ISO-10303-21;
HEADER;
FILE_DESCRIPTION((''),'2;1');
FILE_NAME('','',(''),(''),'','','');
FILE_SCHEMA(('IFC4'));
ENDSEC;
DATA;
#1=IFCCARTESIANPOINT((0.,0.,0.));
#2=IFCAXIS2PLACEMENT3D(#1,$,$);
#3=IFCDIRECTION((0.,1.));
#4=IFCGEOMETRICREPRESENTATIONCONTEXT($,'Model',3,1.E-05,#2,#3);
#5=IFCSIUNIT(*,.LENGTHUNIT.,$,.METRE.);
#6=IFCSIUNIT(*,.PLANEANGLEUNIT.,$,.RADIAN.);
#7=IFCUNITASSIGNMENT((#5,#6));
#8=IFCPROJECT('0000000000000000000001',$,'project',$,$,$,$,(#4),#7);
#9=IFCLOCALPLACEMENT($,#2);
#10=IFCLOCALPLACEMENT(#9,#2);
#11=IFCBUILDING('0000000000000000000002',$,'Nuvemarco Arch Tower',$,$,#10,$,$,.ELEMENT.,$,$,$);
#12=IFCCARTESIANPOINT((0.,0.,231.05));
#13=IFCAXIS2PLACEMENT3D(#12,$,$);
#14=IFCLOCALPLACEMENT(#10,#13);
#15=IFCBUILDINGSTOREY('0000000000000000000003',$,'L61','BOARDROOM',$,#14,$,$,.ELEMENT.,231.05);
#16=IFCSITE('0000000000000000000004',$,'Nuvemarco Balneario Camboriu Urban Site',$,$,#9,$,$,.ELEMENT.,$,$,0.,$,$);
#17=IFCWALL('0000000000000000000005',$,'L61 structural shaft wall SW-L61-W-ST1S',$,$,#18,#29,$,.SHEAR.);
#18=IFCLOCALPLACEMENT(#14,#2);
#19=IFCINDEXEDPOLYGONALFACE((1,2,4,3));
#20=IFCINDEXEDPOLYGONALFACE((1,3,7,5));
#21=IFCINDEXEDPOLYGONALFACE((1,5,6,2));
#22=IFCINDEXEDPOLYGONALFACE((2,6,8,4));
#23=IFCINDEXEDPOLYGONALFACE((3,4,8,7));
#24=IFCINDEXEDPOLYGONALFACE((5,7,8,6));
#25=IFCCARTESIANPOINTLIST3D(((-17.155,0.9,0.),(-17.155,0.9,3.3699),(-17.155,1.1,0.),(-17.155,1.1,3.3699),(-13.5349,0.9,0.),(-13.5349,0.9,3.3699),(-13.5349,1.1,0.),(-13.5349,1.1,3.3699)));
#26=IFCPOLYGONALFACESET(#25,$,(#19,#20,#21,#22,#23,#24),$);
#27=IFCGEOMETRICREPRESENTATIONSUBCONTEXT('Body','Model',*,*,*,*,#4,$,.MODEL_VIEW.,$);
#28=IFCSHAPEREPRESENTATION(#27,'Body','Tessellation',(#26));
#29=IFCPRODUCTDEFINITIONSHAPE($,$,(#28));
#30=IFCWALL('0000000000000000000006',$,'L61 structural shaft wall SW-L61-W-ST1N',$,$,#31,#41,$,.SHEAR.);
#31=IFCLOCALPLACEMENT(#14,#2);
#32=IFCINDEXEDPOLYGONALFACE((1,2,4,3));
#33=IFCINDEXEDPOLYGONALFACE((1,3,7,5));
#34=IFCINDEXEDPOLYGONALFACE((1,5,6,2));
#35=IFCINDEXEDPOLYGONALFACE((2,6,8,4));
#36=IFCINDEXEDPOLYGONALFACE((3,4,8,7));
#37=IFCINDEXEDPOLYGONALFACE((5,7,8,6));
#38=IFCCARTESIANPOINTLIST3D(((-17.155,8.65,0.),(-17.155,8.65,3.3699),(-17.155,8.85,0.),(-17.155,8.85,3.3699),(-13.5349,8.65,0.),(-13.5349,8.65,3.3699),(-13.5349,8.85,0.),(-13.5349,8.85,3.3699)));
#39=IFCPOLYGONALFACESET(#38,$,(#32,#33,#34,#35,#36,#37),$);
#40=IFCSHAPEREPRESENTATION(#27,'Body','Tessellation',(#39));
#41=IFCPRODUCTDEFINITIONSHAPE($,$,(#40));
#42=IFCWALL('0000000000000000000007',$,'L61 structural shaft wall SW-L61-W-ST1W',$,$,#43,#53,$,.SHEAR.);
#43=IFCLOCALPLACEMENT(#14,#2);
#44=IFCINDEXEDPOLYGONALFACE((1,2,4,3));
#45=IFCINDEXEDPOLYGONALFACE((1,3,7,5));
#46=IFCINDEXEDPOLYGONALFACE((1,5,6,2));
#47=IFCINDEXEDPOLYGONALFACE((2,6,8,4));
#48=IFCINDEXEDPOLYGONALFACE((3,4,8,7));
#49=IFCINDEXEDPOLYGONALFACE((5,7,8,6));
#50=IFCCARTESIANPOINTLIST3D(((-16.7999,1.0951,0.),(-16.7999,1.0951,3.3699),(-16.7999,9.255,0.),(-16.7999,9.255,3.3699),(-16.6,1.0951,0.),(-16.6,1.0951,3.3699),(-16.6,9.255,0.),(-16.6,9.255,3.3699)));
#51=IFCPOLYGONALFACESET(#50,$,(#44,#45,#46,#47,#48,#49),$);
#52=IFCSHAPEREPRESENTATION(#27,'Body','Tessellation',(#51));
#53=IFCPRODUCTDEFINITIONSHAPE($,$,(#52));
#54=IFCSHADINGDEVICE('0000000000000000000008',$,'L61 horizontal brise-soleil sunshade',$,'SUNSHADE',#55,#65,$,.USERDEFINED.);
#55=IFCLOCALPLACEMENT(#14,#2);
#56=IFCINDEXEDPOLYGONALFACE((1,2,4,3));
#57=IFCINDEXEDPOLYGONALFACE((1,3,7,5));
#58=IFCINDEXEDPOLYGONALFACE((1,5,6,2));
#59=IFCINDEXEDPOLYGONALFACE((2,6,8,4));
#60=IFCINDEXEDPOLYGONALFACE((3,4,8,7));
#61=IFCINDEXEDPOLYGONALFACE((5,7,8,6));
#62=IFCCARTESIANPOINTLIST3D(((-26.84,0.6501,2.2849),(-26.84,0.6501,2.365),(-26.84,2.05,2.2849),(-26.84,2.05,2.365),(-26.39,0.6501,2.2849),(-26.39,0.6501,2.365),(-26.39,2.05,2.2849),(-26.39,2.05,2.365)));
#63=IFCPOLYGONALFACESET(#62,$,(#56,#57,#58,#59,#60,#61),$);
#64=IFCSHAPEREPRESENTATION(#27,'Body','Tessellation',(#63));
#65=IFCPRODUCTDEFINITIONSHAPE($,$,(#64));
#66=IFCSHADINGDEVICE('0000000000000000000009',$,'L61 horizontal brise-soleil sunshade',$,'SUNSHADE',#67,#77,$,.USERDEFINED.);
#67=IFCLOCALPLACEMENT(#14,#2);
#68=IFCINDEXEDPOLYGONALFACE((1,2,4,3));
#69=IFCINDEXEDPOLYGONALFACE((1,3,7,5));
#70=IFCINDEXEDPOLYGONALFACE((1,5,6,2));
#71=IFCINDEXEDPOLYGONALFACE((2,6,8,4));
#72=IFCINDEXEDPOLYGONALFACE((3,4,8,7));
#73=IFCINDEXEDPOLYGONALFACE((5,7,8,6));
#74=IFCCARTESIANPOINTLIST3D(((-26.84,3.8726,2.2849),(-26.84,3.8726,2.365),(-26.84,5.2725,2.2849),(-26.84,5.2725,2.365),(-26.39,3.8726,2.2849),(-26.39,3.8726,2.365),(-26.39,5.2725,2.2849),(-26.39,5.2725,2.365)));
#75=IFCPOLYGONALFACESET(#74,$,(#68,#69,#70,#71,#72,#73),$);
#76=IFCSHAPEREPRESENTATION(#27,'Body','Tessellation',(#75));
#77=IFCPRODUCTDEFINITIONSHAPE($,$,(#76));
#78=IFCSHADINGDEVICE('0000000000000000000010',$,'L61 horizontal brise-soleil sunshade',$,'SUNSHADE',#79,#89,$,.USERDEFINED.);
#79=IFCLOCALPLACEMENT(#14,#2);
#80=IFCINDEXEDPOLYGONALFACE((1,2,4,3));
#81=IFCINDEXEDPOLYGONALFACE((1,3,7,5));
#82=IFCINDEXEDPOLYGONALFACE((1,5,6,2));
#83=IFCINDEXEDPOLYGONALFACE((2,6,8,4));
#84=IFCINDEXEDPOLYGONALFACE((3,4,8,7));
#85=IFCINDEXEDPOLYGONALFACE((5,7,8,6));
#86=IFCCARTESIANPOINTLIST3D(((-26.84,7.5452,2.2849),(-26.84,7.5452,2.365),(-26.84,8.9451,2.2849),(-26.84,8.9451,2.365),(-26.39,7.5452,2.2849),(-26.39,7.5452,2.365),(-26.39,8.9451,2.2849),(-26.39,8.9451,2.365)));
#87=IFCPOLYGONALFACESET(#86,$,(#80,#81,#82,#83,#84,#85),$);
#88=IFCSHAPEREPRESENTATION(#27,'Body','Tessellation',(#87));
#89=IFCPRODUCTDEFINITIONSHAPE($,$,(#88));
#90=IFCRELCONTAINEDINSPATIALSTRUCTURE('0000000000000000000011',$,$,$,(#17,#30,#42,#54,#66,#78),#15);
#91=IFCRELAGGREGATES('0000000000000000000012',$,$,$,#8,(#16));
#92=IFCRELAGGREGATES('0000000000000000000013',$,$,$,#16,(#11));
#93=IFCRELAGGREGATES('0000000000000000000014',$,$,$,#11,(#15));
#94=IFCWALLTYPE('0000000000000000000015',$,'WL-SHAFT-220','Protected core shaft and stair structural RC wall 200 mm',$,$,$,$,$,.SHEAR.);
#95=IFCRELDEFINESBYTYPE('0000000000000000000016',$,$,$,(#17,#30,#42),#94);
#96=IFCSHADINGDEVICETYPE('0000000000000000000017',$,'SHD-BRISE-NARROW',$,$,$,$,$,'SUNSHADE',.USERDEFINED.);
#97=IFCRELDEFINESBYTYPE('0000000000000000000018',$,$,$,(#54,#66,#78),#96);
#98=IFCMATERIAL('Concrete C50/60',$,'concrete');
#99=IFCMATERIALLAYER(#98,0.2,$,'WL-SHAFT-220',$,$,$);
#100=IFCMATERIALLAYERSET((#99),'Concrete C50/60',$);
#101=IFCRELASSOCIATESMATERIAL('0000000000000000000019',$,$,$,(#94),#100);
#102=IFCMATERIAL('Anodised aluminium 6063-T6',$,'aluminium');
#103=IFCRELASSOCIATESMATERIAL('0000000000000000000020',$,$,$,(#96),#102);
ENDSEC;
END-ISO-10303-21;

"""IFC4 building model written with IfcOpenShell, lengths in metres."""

from ifc_helpers import new_model, si_unit, direction, frame, frame_2d, origin, origin_2d, place, context, subcontext, project, spatial, rectangle, extrude, source, transform, mapped, material, layer, layer_set, type_object, type_shapes, element, save


model = new_model("IFC4")

# Units and contexts
model_context = context("Model", 3, precision=1e-05, world=origin(), true_north=direction((0.0, 1.0)))
body_context = subcontext(model_context, "Body", "Model", "MODEL_VIEW")
ifc_project = project(units=[si_unit("LENGTHUNIT", "METRE"), si_unit("PLANEANGLEUNIT", "RADIAN")], contexts=[model_context])

# Site, building, storey
site_placement = place(None, origin())
site = spatial("IfcSite", under=ifc_project, at=site_placement, Name="Nuvemarco Balneario Camboriu Urban Site", CompositionType="ELEMENT", RefElevation=0.0)
building_placement = place(site_placement, origin())
building = spatial("IfcBuilding", under=site, at=building_placement, Name="Nuvemarco Arch Tower", CompositionType="ELEMENT")
storey_placement = place(building_placement, frame((0.0, 0.0, 231.05)))
storey = spatial("IfcBuildingStorey", under=building, at=storey_placement, Name="L61", Description="BOARDROOM", CompositionType="ELEMENT", Elevation=231.05)

# Shared definitions
ifc_material_1 = material(Name="Concrete C50/60", Category="concrete")

# Walls
ifc_layer_1 = layer(ifc_material_1, 0.2, Name="WL-SHAFT-220")
ifc_layer_set_1 = layer_set([ifc_layer_1], Name="Concrete C50/60")
wall_type_1 = type_object("IfcWallType", Name="WL-SHAFT-220", Description="Protected core shaft and stair structural RC wall 200 mm", PredefinedType="SHEAR", material=ifc_layer_set_1)
for number, where, z_axis, x_axis, name in (
    (1, (-17.155, 1.0, 0.0), (0.0, 0.0, 1.0), (1.0, 0.0, 0.0), "L61 structural shaft wall SW-L61-W-ST1S"),
    (2, (-17.155, 8.75, 0.0), (0.0, 0.0, 1.0), (1.0, 0.0, 0.0), "L61 structural shaft wall SW-L61-W-ST1N"),
):
    element("IfcWall", number, at=place(storey_placement, frame(where, z_axis=z_axis, x_axis=x_axis)), inside=storey, type_object=wall_type_1, Name=name, PredefinedType="SHEAR", context=body_context, shape_type="SweptSolid", body=[
        extrude(rectangle(XDim=3.6201, YDim=0.2, at=frame_2d((1.8101, 0.0))), origin(), (0.0, 0.0, 1.0), 3.3699),
    ])
wall_1_placement = place(storey_placement, frame((-16.7, 1.095, 0.0), z_axis=(0.0, 0.0, 1.0), x_axis=(0.0, 1.0, 0.0)))
element("IfcWall", 3, at=wall_1_placement, inside=storey, type_object=wall_type_1, Name="L61 structural shaft wall SW-L61-W-ST1W", PredefinedType="SHEAR", context=body_context, shape_type="SweptSolid", body=[
    extrude(rectangle(XDim=8.1599, YDim=0.2, at=frame_2d((4.0801, 0.0))), origin(), (0.0, 0.0, 1.0), 3.3699),
])

# Shading devices
ifc_material_2 = material(Name="Anodised aluminium 6063-T6", Category="aluminium")
shading_device_type = type_object("IfcShadingDeviceType", Name="SHD-BRISE-NARROW", ElementType="SUNSHADE", PredefinedType="USERDEFINED", material=ifc_material_2)
shared_shape = source(origin(), body_context, "Body", "SweptSolid", [
    extrude(rectangle(XDim=1.3999, YDim=0.45, at=origin_2d()), origin(), (0.0, 0.0, 1.0), 0.0801),
])
type_shapes(shading_device_type, [shared_shape])
for number, where, z_axis, x_axis, name in (
    (4, (-26.615, 1.3501, 2.2849), (0.0, 0.0, 1.0), (0.0, 1.0, 0.0), "L61 horizontal brise-soleil sunshade"),
    (5, (-26.615, 4.5725, 2.2849), (0.0, 0.0, 1.0), (0.0, 1.0, 0.0), "L61 horizontal brise-soleil sunshade"),
    (6, (-26.615, 8.2451, 2.2849), (0.0, 0.0, 1.0), (0.0, 1.0, 0.0), "L61 horizontal brise-soleil sunshade"),
):
    element("IfcShadingDevice", number, at=place(storey_placement, frame(where, z_axis=z_axis, x_axis=x_axis)), inside=storey, type_object=shading_device_type, Name=name, ObjectType="SUNSHADE", PredefinedType="USERDEFINED", context=body_context, shape_type="MappedRepresentation", body=[
        mapped(shared_shape, transform((0.0, 0.0, 0.0), scale=1.0)),
    ])

save(model, "model.ifc")
